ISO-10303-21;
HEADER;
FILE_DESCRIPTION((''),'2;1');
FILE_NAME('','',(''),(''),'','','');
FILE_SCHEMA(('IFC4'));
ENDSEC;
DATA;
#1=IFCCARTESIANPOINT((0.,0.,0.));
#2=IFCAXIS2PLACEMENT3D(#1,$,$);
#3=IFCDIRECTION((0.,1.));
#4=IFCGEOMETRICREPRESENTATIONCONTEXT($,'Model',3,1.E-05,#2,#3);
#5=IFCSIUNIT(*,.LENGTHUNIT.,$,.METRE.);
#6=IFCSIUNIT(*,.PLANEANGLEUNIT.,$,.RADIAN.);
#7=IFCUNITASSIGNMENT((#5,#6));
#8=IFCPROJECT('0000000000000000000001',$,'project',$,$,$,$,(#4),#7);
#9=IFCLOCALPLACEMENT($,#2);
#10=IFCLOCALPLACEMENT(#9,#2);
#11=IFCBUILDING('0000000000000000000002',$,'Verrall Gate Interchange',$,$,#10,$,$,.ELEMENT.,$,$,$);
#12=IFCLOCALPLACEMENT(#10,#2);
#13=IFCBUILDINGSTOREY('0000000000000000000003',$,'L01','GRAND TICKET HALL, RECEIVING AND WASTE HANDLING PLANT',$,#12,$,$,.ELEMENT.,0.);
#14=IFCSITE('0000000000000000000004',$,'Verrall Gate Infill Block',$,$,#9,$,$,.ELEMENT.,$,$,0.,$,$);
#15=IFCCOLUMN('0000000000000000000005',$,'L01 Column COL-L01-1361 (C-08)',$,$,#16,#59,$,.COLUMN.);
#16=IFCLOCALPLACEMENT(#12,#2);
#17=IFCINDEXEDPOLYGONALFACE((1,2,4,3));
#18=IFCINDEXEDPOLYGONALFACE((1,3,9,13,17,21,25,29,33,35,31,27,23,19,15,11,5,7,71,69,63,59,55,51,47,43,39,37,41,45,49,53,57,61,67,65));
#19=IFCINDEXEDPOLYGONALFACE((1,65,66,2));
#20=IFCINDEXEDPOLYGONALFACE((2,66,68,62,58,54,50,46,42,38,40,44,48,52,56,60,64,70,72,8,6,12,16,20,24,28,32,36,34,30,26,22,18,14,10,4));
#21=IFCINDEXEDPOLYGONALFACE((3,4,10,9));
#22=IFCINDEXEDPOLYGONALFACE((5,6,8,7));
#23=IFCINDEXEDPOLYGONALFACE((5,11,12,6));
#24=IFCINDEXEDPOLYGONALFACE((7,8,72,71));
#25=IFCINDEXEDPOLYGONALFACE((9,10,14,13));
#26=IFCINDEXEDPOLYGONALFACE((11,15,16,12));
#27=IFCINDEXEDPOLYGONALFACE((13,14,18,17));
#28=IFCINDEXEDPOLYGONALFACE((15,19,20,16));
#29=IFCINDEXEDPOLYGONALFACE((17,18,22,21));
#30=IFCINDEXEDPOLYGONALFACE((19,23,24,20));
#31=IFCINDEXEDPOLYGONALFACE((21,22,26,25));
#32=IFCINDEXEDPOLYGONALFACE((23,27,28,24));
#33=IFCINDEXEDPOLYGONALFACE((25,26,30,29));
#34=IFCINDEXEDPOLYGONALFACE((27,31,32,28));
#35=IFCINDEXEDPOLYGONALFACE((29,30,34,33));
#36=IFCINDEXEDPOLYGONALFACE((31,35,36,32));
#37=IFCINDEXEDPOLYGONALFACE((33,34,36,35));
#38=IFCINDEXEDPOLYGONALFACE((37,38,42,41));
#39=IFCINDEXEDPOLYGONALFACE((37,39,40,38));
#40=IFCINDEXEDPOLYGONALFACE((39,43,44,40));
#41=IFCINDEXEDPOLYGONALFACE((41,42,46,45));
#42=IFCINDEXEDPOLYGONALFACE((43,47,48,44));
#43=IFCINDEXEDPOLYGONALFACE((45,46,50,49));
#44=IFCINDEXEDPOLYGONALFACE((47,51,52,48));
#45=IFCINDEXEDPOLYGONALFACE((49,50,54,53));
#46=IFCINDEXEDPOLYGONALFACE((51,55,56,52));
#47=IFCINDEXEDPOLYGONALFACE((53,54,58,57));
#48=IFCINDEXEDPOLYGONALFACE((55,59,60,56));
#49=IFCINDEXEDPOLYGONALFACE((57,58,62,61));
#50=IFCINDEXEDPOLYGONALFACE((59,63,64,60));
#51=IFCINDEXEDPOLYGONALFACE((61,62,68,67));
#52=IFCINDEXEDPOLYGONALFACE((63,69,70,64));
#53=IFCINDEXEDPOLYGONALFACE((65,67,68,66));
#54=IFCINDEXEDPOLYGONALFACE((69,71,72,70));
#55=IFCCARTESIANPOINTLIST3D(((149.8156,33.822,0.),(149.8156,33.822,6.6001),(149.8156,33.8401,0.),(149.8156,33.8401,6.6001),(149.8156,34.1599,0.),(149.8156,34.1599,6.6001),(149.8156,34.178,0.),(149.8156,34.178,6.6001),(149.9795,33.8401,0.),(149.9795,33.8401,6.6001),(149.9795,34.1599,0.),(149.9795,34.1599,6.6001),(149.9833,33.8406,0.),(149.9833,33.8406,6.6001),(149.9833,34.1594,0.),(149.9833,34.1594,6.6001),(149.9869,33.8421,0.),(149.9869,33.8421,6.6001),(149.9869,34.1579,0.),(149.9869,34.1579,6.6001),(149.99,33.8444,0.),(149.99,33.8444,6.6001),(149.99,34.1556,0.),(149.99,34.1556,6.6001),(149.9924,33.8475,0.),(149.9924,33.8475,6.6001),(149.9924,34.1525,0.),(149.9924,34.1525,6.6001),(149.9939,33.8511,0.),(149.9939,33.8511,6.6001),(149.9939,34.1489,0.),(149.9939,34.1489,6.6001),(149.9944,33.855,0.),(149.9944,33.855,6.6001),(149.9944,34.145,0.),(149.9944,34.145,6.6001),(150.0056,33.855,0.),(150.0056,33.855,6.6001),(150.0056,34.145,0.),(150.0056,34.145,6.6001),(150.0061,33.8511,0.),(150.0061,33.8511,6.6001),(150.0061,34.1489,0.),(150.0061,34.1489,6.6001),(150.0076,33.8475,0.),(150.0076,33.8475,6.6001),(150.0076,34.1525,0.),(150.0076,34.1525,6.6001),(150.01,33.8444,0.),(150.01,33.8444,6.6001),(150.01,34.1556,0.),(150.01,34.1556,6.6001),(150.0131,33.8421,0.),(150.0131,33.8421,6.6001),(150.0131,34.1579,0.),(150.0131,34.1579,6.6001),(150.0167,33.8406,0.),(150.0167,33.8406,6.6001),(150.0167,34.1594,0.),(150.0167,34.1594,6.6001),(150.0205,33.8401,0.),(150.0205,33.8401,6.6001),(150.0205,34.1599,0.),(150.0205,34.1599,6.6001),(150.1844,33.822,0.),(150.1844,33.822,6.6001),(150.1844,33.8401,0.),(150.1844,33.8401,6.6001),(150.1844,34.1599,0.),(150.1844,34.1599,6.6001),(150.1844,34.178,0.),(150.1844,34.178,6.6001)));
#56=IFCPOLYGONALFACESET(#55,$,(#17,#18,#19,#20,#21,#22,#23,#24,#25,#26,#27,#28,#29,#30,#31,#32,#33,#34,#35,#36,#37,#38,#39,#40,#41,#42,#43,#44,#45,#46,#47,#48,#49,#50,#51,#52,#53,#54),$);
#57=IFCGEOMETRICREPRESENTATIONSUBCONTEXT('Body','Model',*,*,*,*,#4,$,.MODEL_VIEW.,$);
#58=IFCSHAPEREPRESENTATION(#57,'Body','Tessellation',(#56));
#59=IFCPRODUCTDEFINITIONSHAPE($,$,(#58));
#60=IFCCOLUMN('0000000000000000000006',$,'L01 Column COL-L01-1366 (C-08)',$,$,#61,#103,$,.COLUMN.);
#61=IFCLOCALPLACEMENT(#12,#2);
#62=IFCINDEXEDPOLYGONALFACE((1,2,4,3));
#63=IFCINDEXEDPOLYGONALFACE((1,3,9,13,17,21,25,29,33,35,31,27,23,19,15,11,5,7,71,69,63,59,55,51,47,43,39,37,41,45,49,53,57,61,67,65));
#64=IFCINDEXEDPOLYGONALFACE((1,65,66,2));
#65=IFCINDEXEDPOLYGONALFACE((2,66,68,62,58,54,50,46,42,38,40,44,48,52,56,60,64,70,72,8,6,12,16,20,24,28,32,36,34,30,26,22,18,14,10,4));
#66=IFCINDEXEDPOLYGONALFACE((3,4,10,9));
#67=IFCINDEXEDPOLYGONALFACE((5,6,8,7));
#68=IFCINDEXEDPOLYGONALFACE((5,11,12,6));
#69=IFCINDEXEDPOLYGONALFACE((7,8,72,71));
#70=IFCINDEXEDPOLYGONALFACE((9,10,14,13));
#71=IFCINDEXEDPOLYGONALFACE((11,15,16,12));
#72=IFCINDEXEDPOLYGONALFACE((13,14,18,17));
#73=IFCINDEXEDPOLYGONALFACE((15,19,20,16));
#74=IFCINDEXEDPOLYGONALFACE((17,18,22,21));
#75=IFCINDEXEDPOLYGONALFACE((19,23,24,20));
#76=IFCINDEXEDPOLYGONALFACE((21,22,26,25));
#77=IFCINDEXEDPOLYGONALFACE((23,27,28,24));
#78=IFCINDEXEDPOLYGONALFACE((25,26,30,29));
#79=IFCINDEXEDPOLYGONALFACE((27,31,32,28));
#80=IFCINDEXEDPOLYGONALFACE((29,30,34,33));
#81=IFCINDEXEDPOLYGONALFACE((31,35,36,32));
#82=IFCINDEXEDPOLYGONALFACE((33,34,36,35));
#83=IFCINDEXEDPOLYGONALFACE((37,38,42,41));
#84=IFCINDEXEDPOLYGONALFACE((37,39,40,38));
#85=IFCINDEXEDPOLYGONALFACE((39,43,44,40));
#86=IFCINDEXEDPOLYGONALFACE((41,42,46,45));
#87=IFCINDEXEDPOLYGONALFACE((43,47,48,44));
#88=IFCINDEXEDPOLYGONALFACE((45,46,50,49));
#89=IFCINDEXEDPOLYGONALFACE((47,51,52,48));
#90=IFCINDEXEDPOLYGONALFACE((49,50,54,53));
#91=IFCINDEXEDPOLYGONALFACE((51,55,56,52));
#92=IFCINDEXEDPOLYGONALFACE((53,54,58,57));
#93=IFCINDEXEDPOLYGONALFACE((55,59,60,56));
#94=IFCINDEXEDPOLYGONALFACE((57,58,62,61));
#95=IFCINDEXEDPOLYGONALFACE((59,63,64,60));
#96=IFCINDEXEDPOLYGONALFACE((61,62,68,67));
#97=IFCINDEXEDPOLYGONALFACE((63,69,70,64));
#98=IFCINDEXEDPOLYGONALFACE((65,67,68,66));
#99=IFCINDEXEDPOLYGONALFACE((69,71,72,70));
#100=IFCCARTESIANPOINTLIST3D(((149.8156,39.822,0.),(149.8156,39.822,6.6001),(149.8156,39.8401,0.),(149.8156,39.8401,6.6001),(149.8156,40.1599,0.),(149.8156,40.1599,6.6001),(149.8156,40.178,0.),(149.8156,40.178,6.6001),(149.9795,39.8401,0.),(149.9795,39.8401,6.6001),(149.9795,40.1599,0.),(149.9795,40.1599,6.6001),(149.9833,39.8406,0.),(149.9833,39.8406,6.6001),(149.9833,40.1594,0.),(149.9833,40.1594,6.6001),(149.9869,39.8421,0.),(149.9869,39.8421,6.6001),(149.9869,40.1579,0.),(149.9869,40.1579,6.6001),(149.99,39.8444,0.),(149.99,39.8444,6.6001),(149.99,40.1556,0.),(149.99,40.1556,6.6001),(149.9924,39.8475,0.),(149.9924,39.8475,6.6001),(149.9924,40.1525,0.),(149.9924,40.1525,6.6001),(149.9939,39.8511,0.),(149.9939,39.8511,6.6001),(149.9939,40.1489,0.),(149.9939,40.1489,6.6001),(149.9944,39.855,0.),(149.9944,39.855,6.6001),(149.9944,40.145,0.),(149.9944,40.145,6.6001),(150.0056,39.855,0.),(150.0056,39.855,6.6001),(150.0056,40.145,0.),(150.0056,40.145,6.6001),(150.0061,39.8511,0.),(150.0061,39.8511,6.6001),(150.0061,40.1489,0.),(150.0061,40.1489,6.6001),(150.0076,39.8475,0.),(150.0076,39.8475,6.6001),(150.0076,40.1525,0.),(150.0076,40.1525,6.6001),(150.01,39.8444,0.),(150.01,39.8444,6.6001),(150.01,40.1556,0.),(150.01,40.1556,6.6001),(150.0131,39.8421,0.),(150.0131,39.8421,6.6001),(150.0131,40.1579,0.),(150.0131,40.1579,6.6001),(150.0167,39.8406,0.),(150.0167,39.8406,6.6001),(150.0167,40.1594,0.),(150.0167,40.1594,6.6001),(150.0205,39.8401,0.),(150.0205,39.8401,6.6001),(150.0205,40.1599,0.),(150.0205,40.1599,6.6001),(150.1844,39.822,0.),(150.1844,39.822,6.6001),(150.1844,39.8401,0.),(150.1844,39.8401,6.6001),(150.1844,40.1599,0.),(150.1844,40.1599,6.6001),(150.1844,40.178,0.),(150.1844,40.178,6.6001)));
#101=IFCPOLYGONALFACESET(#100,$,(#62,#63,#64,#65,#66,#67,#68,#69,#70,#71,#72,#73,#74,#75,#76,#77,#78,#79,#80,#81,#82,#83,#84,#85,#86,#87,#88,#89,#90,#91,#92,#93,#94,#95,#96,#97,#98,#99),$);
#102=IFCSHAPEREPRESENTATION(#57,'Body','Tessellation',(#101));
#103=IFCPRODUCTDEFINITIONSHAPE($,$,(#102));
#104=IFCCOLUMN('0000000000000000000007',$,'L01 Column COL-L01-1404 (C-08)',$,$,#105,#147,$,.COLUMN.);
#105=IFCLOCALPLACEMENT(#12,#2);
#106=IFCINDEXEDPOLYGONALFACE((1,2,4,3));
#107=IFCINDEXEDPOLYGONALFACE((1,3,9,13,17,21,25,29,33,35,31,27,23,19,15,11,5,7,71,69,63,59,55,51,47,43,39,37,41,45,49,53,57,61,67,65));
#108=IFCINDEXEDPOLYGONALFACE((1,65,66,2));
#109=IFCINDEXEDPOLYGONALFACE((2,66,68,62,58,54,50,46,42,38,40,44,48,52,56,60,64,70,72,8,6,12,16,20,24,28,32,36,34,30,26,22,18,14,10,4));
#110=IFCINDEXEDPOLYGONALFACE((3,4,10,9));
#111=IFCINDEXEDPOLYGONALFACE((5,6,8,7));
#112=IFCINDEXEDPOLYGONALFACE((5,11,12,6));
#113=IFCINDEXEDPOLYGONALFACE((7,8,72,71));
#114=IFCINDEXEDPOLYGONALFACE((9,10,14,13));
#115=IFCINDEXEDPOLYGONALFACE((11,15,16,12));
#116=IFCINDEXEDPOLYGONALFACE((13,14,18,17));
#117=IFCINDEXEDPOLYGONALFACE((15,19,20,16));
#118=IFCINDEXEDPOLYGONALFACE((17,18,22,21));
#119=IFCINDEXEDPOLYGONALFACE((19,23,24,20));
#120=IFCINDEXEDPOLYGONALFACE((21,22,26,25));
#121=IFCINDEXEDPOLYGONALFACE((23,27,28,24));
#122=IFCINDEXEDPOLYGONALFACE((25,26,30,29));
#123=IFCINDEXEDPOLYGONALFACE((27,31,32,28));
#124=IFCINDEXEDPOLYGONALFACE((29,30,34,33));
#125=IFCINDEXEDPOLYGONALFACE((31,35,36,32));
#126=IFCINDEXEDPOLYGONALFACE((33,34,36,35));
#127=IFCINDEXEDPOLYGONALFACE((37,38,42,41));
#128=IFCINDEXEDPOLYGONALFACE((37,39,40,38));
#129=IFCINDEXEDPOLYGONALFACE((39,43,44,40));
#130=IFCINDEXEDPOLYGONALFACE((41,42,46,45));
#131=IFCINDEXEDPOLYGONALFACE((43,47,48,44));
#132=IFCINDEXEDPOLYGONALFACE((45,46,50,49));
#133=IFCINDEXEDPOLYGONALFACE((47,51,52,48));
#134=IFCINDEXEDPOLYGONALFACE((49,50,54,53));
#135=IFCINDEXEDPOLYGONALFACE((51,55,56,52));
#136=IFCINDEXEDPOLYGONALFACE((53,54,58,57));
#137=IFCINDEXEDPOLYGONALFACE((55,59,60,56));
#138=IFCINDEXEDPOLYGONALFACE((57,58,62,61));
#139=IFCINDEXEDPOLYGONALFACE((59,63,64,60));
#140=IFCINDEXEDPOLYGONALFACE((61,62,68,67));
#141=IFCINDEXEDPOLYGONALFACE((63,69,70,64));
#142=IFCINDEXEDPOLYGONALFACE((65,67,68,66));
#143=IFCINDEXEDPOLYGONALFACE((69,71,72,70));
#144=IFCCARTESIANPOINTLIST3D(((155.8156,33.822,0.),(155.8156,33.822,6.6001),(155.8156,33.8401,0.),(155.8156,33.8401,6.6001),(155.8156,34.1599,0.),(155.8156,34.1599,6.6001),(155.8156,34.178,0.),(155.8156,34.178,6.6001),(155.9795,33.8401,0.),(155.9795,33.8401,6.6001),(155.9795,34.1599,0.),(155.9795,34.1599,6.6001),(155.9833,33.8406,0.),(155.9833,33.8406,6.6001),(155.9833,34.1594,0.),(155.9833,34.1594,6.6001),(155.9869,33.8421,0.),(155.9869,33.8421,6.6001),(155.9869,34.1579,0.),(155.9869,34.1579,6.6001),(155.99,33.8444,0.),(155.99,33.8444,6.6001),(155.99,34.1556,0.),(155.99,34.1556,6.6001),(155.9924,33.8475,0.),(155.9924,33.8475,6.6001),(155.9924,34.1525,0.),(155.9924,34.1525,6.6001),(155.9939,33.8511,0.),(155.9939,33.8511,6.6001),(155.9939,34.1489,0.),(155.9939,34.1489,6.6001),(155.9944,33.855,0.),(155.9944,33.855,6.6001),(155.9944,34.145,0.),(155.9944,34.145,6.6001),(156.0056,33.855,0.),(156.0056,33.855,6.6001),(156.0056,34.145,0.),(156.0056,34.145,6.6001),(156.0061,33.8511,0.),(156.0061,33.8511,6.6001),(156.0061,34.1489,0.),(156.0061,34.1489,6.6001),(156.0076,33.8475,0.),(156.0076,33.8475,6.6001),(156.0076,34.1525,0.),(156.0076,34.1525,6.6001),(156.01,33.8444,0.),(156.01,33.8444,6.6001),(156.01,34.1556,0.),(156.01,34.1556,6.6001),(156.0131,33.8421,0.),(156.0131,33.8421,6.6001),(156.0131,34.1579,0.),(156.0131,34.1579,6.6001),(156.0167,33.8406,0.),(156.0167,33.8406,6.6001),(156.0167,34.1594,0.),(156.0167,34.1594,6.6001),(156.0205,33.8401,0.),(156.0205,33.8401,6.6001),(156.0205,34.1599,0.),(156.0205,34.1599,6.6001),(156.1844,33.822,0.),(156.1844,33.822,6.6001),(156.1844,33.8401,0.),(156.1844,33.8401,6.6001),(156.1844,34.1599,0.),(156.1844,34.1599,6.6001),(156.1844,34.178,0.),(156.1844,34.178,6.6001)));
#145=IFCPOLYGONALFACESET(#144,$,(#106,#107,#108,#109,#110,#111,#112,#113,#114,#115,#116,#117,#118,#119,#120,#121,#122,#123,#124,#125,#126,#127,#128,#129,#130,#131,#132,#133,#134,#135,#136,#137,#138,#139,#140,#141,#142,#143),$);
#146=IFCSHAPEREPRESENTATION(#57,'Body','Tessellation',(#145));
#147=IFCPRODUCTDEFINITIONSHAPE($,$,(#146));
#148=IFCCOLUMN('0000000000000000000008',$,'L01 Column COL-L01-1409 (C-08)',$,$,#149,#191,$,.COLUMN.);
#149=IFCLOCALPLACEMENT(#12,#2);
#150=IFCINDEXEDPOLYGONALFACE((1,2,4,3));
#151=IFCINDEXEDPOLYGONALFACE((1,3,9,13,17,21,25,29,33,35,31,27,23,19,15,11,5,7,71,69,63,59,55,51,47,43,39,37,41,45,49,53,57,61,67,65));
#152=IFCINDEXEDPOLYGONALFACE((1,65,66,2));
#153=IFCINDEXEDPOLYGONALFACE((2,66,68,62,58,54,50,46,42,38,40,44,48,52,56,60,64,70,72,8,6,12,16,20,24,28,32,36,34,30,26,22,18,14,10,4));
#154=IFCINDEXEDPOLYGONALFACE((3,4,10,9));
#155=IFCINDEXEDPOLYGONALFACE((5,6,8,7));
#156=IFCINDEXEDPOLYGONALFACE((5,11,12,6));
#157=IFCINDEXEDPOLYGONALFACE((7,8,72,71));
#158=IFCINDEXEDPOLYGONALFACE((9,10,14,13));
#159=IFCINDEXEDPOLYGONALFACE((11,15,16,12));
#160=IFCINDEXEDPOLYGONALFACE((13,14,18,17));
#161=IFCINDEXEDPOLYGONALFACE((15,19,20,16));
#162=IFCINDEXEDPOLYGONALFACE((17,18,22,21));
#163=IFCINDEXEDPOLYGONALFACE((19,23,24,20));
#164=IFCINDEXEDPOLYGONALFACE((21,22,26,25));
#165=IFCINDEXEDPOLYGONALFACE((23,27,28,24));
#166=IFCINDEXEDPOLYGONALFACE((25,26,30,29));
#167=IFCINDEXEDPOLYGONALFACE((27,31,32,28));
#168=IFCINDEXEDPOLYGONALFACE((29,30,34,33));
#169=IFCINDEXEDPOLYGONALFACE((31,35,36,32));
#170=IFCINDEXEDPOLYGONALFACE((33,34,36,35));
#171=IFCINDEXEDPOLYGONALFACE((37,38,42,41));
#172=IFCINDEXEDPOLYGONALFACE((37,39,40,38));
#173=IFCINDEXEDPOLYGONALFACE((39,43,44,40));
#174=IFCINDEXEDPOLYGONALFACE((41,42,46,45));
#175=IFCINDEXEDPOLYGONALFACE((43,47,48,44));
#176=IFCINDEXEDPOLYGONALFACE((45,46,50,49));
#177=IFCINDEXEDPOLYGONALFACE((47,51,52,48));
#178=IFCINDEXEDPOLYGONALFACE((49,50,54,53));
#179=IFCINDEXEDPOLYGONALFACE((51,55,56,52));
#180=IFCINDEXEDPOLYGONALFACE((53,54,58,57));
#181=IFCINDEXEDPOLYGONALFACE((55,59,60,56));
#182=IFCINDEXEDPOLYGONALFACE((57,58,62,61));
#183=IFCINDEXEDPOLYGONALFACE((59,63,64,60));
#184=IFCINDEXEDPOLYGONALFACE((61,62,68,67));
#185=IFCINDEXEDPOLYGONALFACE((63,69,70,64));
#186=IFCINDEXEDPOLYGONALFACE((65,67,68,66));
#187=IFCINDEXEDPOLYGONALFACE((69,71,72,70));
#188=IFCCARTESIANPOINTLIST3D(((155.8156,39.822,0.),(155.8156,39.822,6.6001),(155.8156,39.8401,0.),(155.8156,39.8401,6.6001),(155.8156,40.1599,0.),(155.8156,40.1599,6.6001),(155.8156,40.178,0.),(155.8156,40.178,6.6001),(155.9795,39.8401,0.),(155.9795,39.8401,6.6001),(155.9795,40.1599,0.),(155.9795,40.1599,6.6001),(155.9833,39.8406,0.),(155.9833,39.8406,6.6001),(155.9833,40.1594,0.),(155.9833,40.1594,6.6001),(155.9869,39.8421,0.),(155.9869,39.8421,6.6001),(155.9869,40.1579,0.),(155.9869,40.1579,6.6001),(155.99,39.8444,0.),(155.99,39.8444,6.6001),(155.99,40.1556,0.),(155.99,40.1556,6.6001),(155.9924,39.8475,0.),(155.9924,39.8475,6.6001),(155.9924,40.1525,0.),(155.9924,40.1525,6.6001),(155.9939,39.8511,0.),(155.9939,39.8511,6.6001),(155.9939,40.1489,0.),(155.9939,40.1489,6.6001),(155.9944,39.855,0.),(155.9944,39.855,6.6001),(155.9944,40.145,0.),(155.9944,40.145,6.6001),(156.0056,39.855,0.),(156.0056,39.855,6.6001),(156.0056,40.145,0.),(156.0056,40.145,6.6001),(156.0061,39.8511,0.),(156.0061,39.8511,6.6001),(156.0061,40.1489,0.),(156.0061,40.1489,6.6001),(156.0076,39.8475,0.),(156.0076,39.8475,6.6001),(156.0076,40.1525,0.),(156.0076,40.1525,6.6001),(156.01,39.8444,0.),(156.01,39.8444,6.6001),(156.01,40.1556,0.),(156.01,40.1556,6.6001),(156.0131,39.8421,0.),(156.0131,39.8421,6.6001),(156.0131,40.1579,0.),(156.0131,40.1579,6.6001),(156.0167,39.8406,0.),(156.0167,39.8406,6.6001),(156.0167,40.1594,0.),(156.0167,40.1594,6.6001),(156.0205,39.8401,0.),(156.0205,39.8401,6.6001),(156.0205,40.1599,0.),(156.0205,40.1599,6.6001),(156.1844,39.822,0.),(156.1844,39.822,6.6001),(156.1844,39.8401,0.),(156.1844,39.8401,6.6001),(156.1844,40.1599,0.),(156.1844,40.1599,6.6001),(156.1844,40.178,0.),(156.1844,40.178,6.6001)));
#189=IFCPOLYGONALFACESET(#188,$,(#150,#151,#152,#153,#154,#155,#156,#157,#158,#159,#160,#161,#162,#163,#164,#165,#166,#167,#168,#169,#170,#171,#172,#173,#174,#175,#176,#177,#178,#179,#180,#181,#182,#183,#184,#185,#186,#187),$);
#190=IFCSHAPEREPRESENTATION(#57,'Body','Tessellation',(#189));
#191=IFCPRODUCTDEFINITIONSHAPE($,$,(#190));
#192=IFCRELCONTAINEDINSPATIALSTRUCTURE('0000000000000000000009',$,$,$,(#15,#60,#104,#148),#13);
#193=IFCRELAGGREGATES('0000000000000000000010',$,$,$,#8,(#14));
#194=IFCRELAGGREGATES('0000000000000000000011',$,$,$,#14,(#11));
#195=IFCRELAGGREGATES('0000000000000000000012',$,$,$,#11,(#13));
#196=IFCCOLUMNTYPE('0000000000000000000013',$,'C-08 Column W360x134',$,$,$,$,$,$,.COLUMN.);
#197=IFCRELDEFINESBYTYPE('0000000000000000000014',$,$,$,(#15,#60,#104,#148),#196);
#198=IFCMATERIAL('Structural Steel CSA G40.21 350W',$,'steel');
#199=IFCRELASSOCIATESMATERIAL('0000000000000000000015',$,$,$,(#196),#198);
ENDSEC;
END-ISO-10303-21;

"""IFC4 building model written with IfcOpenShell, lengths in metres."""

from ifc_helpers import new_model, si_unit, direction, frame, origin, origin_2d, place, context, subcontext, project, spatial, i_section, extrude, material, material_profile, profile_set, type_object, element, save


model = new_model("IFC4")

# Units and contexts
model_context = context("Model", 3, precision=1e-05, world=origin(), true_north=direction((0.0, 1.0)))
body_context = subcontext(model_context, "Body", "Model", "MODEL_VIEW")
ifc_project = project(units=[si_unit("LENGTHUNIT", "METRE"), si_unit("PLANEANGLEUNIT", "RADIAN")], contexts=[model_context])

# Site, building, storey
site_placement = place(None, origin())
site = spatial("IfcSite", under=ifc_project, at=site_placement, Name="Verrall Gate Infill Block", CompositionType="ELEMENT", RefElevation=0.0)
building_placement = place(site_placement, origin())
building = spatial("IfcBuilding", under=site, at=building_placement, Name="Verrall Gate Interchange", CompositionType="ELEMENT")
storey_placement = place(building_placement, origin())
storey = spatial("IfcBuildingStorey", under=building, at=storey_placement, Name="L01", Description="GRAND TICKET HALL, RECEIVING AND WASTE HANDLING PLANT", CompositionType="ELEMENT", Elevation=0.0)

# Columns
ifc_material_1 = material(Name="Structural Steel CSA G40.21 350W", Category="steel")
ifc_material_profile_1 = material_profile(ifc_material_1, i_section(OverallWidth=0.3689, OverallDepth=0.356, WebThickness=0.0112, FlangeThickness=0.0181, FilletRadius=0.0149, at=origin_2d()), Name="W360x134")
ifc_profile_set_1 = profile_set([ifc_material_profile_1], Name="Structural Steel CSA G40.21 350W")
column_type = type_object("IfcColumnType", Name="C-08 Column W360x134", PredefinedType="COLUMN", material=ifc_profile_set_1)
for number, where, z_axis, x_axis, name in (
    (1, (150.0, 34.0, 0.0), (0.0, 0.0, 1.0), (1.0, 0.0, 0.0), "L01 Column COL-L01-1361 (C-08)"),
    (2, (150.0, 40.0, 0.0), (0.0, 0.0, 1.0), (1.0, 0.0, 0.0), "L01 Column COL-L01-1366 (C-08)"),
    (3, (156.0, 34.0, 0.0), (0.0, 0.0, 1.0), (1.0, 0.0, 0.0), "L01 Column COL-L01-1404 (C-08)"),
    (4, (156.0, 40.0, 0.0), (0.0, 0.0, 1.0), (1.0, 0.0, 0.0), "L01 Column COL-L01-1409 (C-08)"),
):
    element("IfcColumn", number, at=place(storey_placement, frame(where, z_axis=z_axis, x_axis=x_axis)), inside=storey, type_object=column_type, Name=name, PredefinedType="COLUMN", context=body_context, shape_type="SweptSolid", body=[
        extrude(i_section(OverallWidth=0.3689, OverallDepth=0.356, WebThickness=0.0112, FlangeThickness=0.0181, FilletRadius=0.0149, at=origin_2d()), origin(), (0.0, 0.0, 1.0), 6.6001),
    ])

save(model, "model.ifc")
